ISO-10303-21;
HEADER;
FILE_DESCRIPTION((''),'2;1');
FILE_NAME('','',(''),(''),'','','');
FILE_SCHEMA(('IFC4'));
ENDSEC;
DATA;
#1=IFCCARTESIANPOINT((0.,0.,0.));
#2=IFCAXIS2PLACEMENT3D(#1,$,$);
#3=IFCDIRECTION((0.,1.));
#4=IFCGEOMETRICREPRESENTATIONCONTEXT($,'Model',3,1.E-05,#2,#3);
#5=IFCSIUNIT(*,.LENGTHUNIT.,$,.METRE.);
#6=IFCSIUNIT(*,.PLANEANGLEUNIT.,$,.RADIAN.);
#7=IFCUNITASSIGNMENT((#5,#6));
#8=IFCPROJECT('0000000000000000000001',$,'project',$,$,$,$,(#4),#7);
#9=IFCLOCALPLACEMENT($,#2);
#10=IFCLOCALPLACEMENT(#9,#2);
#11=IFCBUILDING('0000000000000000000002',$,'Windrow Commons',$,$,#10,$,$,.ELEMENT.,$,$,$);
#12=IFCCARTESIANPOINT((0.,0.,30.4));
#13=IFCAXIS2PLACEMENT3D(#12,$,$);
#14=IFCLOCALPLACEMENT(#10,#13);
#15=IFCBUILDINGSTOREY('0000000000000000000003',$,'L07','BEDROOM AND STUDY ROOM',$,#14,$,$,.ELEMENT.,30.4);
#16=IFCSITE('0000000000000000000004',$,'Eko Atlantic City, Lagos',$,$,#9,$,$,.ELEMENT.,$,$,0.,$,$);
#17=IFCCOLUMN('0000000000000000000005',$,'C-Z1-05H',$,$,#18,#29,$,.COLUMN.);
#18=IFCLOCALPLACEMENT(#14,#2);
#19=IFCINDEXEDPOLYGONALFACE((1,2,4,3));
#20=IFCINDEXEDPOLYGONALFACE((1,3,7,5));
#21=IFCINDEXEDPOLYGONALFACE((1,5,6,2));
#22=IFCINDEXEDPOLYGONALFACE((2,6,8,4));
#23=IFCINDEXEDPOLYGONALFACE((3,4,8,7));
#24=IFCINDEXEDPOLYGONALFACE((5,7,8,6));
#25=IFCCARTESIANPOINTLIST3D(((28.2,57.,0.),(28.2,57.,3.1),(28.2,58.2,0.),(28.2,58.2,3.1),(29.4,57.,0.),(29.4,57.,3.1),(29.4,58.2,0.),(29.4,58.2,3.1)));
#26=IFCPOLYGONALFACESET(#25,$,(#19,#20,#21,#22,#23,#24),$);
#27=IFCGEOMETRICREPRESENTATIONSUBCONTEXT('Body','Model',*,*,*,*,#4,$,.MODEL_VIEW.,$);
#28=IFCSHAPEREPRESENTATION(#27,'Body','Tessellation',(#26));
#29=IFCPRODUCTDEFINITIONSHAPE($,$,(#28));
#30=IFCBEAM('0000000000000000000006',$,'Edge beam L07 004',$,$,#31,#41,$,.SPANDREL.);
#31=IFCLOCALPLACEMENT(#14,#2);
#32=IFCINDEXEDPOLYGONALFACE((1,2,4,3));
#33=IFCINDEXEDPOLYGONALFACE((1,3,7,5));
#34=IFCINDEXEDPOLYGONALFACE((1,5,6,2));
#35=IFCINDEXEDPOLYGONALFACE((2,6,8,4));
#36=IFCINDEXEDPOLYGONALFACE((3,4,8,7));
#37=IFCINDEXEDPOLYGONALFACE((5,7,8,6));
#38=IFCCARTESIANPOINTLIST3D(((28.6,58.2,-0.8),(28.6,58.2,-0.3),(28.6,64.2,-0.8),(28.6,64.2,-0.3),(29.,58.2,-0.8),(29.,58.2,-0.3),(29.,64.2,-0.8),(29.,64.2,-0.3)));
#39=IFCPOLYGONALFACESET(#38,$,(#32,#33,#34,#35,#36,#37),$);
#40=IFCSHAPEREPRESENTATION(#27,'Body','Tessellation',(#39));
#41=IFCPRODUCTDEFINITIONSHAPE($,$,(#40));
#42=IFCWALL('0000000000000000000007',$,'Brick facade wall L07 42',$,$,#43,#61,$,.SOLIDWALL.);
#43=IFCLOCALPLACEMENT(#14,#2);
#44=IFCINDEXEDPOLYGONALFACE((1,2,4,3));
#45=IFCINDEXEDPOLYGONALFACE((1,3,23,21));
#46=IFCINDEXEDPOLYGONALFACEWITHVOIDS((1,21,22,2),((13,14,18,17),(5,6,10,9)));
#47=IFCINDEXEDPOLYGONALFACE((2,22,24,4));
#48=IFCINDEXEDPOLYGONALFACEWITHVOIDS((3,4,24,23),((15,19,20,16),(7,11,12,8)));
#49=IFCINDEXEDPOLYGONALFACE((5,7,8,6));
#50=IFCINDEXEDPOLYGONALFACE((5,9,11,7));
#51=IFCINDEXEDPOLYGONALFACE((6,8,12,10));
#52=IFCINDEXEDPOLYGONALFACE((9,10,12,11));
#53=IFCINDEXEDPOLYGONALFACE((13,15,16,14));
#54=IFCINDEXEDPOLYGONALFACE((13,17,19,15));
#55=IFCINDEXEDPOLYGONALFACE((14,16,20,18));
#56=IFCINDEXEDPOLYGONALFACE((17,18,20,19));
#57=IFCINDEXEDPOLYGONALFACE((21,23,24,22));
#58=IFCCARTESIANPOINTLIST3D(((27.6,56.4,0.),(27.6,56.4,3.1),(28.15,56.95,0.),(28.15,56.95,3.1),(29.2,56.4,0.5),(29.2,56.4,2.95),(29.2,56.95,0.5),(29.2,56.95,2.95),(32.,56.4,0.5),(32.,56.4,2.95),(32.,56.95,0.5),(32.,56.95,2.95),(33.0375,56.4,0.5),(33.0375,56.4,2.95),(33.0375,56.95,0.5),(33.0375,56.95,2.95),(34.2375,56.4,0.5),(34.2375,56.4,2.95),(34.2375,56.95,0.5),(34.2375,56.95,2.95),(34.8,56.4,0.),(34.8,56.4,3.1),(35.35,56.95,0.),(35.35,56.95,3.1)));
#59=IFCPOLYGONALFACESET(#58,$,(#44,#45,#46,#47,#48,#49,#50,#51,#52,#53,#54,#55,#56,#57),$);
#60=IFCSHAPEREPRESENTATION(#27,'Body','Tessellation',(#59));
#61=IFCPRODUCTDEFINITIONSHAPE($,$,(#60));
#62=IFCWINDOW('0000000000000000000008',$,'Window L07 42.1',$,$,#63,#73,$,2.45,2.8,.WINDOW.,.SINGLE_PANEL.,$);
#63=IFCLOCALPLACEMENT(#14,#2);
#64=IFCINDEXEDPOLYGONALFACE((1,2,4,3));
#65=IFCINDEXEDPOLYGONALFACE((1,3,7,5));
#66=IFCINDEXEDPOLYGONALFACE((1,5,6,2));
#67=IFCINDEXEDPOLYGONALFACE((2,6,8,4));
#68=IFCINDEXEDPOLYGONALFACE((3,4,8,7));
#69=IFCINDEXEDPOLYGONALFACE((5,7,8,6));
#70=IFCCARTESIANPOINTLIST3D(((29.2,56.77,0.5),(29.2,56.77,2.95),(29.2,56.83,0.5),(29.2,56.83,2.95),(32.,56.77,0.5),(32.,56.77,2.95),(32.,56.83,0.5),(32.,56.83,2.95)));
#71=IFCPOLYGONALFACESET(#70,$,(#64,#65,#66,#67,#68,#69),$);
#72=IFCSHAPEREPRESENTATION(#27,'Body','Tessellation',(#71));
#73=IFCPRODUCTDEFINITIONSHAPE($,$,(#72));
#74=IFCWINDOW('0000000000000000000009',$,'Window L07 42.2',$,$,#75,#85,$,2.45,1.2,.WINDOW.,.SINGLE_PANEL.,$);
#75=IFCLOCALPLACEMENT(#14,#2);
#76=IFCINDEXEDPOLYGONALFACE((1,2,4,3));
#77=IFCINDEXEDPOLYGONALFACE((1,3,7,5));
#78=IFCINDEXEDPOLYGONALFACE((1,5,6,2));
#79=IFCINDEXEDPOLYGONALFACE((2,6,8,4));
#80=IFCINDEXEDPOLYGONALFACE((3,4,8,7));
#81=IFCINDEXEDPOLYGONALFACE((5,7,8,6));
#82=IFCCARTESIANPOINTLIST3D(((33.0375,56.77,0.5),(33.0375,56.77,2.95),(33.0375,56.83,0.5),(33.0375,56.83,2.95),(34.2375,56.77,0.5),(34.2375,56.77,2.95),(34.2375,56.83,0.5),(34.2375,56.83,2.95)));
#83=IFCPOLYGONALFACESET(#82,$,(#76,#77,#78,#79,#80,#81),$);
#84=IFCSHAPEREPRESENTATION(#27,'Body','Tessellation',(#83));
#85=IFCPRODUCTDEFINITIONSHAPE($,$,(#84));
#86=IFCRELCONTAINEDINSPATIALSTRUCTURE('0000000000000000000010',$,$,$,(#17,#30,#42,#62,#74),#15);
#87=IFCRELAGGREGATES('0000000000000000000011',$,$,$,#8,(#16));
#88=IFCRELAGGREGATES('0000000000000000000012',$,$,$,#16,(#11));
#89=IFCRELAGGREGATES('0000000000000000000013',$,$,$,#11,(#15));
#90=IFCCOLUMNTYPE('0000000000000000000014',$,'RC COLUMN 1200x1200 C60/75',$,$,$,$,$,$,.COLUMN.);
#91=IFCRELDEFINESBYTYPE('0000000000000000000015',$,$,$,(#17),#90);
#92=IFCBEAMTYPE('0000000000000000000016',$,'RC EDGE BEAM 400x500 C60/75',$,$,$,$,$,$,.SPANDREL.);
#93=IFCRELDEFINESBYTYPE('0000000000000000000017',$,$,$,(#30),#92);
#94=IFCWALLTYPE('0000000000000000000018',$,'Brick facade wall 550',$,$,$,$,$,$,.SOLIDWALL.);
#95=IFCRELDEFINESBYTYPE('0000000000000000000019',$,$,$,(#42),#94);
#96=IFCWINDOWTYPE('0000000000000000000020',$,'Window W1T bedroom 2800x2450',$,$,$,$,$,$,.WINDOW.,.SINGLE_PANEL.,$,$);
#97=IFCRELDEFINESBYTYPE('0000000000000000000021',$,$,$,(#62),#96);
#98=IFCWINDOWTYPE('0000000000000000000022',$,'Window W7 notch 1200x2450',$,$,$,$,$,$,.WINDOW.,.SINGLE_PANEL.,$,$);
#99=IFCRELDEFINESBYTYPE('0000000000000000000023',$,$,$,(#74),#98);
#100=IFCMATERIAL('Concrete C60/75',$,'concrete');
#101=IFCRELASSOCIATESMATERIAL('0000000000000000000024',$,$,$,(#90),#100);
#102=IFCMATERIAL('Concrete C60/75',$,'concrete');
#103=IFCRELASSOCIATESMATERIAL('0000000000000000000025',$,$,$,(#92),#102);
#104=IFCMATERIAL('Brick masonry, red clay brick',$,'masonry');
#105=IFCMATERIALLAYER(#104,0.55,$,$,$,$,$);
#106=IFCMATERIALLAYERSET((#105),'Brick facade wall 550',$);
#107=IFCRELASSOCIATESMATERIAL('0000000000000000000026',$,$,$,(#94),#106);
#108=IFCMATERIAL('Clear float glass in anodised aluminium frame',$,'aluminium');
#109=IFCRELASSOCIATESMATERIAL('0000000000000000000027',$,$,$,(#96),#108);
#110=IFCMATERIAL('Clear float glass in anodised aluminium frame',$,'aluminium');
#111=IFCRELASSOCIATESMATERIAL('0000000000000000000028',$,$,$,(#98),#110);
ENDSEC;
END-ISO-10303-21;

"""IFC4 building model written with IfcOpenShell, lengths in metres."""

from ifc_helpers import new_model, si_unit, direction, frame, frame_2d, origin, origin_2d, place, context, subcontext, project, spatial, polyline, rectangle, outline, extrude, material, layer, layer_set, material_profile, profile_set, type_object, element, fill, save


model = new_model("IFC4")

# Units and contexts
model_context = context("Model", 3, precision=1e-05, world=origin(), true_north=direction((0.0, 1.0)))
body_context = subcontext(model_context, "Body", "Model", "MODEL_VIEW")
ifc_project = project(units=[si_unit("LENGTHUNIT", "METRE"), si_unit("PLANEANGLEUNIT", "RADIAN")], contexts=[model_context])

# Site, building, storey
site_placement = place(None, origin())
site = spatial("IfcSite", under=ifc_project, at=site_placement, Name="Eko Atlantic City, Lagos", CompositionType="ELEMENT", RefElevation=0.0)
building_placement = place(site_placement, origin())
building = spatial("IfcBuilding", under=site, at=building_placement, Name="Windrow Commons", CompositionType="ELEMENT")
storey_placement = place(building_placement, frame((0.0, 0.0, 30.4)))
storey = spatial("IfcBuildingStorey", under=building, at=storey_placement, Name="L07", Description="BEDROOM AND STUDY ROOM", CompositionType="ELEMENT", Elevation=30.4)

# Column
ifc_material_1 = material(Name="Concrete C60/75", Category="concrete")
ifc_material_profile_1 = material_profile(ifc_material_1, rectangle(XDim=1.2, YDim=1.2, at=origin_2d()))
ifc_profile_set_1 = profile_set([ifc_material_profile_1], Name="Concrete C60/75")
column_type = type_object("IfcColumnType", Name="RC COLUMN 1200x1200 C60/75", PredefinedType="COLUMN", material=ifc_profile_set_1)
column_placement = place(storey_placement, frame((28.8, 57.6, 0.0), z_axis=(0.0, 0.0, 1.0), x_axis=(1.0, 0.0, 0.0)))
element("IfcColumn", 1, at=column_placement, inside=storey, type_object=column_type, Name="C-Z1-05H", PredefinedType="COLUMN", context=body_context, shape_type="SweptSolid", body=[
    extrude(rectangle(XDim=1.2, YDim=1.2, at=origin_2d()), origin(), (0.0, 0.0, 1.0), 3.1),
])

# Beam
ifc_material_2 = material(Name="Concrete C60/75", Category="concrete")
ifc_material_profile_2 = material_profile(ifc_material_2, rectangle(XDim=0.4, YDim=0.5, at=origin_2d()))
ifc_profile_set_2 = profile_set([ifc_material_profile_2], Name="Concrete C60/75")
beam_type = type_object("IfcBeamType", Name="RC EDGE BEAM 400x500 C60/75", PredefinedType="SPANDREL", material=ifc_profile_set_2)
beam_placement = place(storey_placement, frame((28.8, 58.2, -0.55), z_axis=(0.0, 1.0, 0.0), x_axis=(-1.0, 0.0, 0.0)))
element("IfcBeam", 2, at=beam_placement, inside=storey, type_object=beam_type, Name="Edge beam L07 004", PredefinedType="SPANDREL", context=body_context, shape_type="SweptSolid", body=[
    extrude(rectangle(XDim=0.4, YDim=0.5, at=origin_2d()), origin(), (0.0, 0.0, 1.0), 6.0),
])

# Wall, openings, windows
ifc_material_3 = material(Name="Brick masonry, red clay brick", Category="masonry")
ifc_layer_1 = layer(ifc_material_3, 0.55)
ifc_layer_set_1 = layer_set([ifc_layer_1], Name="Brick facade wall 550")
wall_type_1 = type_object("IfcWallType", Name="Brick facade wall 550", PredefinedType="SOLIDWALL", material=ifc_layer_set_1)
wall_1_placement = place(storey_placement, frame((27.875, 56.675, 0.0), z_axis=(0.0, 0.0, 1.0), x_axis=(1.0, 0.0, 0.0)))
wall_1 = element("IfcWall", 3, at=wall_1_placement, inside=storey, type_object=wall_type_1, Name="Brick facade wall L07 42", PredefinedType="SOLIDWALL", context=body_context, shape_type="SweptSolid", body=[
    extrude(outline(polyline([(-0.275, -0.275), (6.925, -0.275), (7.475, 0.275), (0.275, 0.275), (-0.275, -0.275)])), origin(), (0.0, 0.0, 1.0), 3.1),
])
opening_1_placement = place(wall_1_placement, frame((1.325, 0.0, 0.5)))
opening_1 = element("IfcOpeningElement", 4, at=opening_1_placement, cuts=wall_1, PredefinedType="OPENING", context=body_context, shape_type="SweptSolid", body=[
    extrude(rectangle(XDim=2.8, YDim=2.45, at=frame_2d((1.4, 1.225))), frame((0.0, 0.285, 0.0), z_axis=(0.0, -1.0, 0.0), x_axis=(1.0, 0.0, 0.0)), (0.0, 0.0, 1.0), 0.57),
])
opening_2_placement = place(wall_1_placement, frame((5.1625, 0.0, 0.5)))
opening_2 = element("IfcOpeningElement", 5, at=opening_2_placement, cuts=wall_1, PredefinedType="OPENING", context=body_context, shape_type="SweptSolid", body=[
    extrude(rectangle(XDim=1.2, YDim=2.45, at=frame_2d((0.6, 1.225))), frame((0.0, 0.285, 0.0), z_axis=(0.0, -1.0, 0.0), x_axis=(1.0, 0.0, 0.0)), (0.0, 0.0, 1.0), 0.57),
])
ifc_material_4 = material(Name="Clear float glass in anodised aluminium frame", Category="aluminium")
window_type_1 = type_object("IfcWindowType", Name="Window W1T bedroom 2800x2450", PartitioningType="SINGLE_PANEL", PredefinedType="WINDOW", material=ifc_material_4)
window_1_placement = place(opening_1_placement, origin())
window_1 = element("IfcWindow", 6, at=window_1_placement, inside=storey, type_object=window_type_1, Name="Window L07 42.1", OverallHeight=2.45, OverallWidth=2.8, PartitioningType="SINGLE_PANEL", PredefinedType="WINDOW", context=body_context, shape_type="SweptSolid", body=[
    extrude(rectangle(XDim=2.8, YDim=2.45, at=frame_2d((1.4, 1.225))), frame((0.0, 0.155, 0.0), z_axis=(0.0, -1.0, 0.0), x_axis=(1.0, 0.0, 0.0)), (0.0, 0.0, 1.0), 0.06),
])
fill(opening_1, window_1)
ifc_material_5 = material(Name="Clear float glass in anodised aluminium frame", Category="aluminium")
window_type_2 = type_object("IfcWindowType", Name="Window W7 notch 1200x2450", PartitioningType="SINGLE_PANEL", PredefinedType="WINDOW", material=ifc_material_5)
window_2_placement = place(opening_2_placement, origin())
window_2 = element("IfcWindow", 7, at=window_2_placement, inside=storey, type_object=window_type_2, Name="Window L07 42.2", OverallHeight=2.45, OverallWidth=1.2, PartitioningType="SINGLE_PANEL", PredefinedType="WINDOW", context=body_context, shape_type="SweptSolid", body=[
    extrude(rectangle(XDim=1.2, YDim=2.45, at=frame_2d((0.6, 1.225))), frame((0.0, 0.155, 0.0), z_axis=(0.0, -1.0, 0.0), x_axis=(1.0, 0.0, 0.0)), (0.0, 0.0, 1.0), 0.06),
])
fill(opening_2, window_2)

save(model, "model.ifc")
